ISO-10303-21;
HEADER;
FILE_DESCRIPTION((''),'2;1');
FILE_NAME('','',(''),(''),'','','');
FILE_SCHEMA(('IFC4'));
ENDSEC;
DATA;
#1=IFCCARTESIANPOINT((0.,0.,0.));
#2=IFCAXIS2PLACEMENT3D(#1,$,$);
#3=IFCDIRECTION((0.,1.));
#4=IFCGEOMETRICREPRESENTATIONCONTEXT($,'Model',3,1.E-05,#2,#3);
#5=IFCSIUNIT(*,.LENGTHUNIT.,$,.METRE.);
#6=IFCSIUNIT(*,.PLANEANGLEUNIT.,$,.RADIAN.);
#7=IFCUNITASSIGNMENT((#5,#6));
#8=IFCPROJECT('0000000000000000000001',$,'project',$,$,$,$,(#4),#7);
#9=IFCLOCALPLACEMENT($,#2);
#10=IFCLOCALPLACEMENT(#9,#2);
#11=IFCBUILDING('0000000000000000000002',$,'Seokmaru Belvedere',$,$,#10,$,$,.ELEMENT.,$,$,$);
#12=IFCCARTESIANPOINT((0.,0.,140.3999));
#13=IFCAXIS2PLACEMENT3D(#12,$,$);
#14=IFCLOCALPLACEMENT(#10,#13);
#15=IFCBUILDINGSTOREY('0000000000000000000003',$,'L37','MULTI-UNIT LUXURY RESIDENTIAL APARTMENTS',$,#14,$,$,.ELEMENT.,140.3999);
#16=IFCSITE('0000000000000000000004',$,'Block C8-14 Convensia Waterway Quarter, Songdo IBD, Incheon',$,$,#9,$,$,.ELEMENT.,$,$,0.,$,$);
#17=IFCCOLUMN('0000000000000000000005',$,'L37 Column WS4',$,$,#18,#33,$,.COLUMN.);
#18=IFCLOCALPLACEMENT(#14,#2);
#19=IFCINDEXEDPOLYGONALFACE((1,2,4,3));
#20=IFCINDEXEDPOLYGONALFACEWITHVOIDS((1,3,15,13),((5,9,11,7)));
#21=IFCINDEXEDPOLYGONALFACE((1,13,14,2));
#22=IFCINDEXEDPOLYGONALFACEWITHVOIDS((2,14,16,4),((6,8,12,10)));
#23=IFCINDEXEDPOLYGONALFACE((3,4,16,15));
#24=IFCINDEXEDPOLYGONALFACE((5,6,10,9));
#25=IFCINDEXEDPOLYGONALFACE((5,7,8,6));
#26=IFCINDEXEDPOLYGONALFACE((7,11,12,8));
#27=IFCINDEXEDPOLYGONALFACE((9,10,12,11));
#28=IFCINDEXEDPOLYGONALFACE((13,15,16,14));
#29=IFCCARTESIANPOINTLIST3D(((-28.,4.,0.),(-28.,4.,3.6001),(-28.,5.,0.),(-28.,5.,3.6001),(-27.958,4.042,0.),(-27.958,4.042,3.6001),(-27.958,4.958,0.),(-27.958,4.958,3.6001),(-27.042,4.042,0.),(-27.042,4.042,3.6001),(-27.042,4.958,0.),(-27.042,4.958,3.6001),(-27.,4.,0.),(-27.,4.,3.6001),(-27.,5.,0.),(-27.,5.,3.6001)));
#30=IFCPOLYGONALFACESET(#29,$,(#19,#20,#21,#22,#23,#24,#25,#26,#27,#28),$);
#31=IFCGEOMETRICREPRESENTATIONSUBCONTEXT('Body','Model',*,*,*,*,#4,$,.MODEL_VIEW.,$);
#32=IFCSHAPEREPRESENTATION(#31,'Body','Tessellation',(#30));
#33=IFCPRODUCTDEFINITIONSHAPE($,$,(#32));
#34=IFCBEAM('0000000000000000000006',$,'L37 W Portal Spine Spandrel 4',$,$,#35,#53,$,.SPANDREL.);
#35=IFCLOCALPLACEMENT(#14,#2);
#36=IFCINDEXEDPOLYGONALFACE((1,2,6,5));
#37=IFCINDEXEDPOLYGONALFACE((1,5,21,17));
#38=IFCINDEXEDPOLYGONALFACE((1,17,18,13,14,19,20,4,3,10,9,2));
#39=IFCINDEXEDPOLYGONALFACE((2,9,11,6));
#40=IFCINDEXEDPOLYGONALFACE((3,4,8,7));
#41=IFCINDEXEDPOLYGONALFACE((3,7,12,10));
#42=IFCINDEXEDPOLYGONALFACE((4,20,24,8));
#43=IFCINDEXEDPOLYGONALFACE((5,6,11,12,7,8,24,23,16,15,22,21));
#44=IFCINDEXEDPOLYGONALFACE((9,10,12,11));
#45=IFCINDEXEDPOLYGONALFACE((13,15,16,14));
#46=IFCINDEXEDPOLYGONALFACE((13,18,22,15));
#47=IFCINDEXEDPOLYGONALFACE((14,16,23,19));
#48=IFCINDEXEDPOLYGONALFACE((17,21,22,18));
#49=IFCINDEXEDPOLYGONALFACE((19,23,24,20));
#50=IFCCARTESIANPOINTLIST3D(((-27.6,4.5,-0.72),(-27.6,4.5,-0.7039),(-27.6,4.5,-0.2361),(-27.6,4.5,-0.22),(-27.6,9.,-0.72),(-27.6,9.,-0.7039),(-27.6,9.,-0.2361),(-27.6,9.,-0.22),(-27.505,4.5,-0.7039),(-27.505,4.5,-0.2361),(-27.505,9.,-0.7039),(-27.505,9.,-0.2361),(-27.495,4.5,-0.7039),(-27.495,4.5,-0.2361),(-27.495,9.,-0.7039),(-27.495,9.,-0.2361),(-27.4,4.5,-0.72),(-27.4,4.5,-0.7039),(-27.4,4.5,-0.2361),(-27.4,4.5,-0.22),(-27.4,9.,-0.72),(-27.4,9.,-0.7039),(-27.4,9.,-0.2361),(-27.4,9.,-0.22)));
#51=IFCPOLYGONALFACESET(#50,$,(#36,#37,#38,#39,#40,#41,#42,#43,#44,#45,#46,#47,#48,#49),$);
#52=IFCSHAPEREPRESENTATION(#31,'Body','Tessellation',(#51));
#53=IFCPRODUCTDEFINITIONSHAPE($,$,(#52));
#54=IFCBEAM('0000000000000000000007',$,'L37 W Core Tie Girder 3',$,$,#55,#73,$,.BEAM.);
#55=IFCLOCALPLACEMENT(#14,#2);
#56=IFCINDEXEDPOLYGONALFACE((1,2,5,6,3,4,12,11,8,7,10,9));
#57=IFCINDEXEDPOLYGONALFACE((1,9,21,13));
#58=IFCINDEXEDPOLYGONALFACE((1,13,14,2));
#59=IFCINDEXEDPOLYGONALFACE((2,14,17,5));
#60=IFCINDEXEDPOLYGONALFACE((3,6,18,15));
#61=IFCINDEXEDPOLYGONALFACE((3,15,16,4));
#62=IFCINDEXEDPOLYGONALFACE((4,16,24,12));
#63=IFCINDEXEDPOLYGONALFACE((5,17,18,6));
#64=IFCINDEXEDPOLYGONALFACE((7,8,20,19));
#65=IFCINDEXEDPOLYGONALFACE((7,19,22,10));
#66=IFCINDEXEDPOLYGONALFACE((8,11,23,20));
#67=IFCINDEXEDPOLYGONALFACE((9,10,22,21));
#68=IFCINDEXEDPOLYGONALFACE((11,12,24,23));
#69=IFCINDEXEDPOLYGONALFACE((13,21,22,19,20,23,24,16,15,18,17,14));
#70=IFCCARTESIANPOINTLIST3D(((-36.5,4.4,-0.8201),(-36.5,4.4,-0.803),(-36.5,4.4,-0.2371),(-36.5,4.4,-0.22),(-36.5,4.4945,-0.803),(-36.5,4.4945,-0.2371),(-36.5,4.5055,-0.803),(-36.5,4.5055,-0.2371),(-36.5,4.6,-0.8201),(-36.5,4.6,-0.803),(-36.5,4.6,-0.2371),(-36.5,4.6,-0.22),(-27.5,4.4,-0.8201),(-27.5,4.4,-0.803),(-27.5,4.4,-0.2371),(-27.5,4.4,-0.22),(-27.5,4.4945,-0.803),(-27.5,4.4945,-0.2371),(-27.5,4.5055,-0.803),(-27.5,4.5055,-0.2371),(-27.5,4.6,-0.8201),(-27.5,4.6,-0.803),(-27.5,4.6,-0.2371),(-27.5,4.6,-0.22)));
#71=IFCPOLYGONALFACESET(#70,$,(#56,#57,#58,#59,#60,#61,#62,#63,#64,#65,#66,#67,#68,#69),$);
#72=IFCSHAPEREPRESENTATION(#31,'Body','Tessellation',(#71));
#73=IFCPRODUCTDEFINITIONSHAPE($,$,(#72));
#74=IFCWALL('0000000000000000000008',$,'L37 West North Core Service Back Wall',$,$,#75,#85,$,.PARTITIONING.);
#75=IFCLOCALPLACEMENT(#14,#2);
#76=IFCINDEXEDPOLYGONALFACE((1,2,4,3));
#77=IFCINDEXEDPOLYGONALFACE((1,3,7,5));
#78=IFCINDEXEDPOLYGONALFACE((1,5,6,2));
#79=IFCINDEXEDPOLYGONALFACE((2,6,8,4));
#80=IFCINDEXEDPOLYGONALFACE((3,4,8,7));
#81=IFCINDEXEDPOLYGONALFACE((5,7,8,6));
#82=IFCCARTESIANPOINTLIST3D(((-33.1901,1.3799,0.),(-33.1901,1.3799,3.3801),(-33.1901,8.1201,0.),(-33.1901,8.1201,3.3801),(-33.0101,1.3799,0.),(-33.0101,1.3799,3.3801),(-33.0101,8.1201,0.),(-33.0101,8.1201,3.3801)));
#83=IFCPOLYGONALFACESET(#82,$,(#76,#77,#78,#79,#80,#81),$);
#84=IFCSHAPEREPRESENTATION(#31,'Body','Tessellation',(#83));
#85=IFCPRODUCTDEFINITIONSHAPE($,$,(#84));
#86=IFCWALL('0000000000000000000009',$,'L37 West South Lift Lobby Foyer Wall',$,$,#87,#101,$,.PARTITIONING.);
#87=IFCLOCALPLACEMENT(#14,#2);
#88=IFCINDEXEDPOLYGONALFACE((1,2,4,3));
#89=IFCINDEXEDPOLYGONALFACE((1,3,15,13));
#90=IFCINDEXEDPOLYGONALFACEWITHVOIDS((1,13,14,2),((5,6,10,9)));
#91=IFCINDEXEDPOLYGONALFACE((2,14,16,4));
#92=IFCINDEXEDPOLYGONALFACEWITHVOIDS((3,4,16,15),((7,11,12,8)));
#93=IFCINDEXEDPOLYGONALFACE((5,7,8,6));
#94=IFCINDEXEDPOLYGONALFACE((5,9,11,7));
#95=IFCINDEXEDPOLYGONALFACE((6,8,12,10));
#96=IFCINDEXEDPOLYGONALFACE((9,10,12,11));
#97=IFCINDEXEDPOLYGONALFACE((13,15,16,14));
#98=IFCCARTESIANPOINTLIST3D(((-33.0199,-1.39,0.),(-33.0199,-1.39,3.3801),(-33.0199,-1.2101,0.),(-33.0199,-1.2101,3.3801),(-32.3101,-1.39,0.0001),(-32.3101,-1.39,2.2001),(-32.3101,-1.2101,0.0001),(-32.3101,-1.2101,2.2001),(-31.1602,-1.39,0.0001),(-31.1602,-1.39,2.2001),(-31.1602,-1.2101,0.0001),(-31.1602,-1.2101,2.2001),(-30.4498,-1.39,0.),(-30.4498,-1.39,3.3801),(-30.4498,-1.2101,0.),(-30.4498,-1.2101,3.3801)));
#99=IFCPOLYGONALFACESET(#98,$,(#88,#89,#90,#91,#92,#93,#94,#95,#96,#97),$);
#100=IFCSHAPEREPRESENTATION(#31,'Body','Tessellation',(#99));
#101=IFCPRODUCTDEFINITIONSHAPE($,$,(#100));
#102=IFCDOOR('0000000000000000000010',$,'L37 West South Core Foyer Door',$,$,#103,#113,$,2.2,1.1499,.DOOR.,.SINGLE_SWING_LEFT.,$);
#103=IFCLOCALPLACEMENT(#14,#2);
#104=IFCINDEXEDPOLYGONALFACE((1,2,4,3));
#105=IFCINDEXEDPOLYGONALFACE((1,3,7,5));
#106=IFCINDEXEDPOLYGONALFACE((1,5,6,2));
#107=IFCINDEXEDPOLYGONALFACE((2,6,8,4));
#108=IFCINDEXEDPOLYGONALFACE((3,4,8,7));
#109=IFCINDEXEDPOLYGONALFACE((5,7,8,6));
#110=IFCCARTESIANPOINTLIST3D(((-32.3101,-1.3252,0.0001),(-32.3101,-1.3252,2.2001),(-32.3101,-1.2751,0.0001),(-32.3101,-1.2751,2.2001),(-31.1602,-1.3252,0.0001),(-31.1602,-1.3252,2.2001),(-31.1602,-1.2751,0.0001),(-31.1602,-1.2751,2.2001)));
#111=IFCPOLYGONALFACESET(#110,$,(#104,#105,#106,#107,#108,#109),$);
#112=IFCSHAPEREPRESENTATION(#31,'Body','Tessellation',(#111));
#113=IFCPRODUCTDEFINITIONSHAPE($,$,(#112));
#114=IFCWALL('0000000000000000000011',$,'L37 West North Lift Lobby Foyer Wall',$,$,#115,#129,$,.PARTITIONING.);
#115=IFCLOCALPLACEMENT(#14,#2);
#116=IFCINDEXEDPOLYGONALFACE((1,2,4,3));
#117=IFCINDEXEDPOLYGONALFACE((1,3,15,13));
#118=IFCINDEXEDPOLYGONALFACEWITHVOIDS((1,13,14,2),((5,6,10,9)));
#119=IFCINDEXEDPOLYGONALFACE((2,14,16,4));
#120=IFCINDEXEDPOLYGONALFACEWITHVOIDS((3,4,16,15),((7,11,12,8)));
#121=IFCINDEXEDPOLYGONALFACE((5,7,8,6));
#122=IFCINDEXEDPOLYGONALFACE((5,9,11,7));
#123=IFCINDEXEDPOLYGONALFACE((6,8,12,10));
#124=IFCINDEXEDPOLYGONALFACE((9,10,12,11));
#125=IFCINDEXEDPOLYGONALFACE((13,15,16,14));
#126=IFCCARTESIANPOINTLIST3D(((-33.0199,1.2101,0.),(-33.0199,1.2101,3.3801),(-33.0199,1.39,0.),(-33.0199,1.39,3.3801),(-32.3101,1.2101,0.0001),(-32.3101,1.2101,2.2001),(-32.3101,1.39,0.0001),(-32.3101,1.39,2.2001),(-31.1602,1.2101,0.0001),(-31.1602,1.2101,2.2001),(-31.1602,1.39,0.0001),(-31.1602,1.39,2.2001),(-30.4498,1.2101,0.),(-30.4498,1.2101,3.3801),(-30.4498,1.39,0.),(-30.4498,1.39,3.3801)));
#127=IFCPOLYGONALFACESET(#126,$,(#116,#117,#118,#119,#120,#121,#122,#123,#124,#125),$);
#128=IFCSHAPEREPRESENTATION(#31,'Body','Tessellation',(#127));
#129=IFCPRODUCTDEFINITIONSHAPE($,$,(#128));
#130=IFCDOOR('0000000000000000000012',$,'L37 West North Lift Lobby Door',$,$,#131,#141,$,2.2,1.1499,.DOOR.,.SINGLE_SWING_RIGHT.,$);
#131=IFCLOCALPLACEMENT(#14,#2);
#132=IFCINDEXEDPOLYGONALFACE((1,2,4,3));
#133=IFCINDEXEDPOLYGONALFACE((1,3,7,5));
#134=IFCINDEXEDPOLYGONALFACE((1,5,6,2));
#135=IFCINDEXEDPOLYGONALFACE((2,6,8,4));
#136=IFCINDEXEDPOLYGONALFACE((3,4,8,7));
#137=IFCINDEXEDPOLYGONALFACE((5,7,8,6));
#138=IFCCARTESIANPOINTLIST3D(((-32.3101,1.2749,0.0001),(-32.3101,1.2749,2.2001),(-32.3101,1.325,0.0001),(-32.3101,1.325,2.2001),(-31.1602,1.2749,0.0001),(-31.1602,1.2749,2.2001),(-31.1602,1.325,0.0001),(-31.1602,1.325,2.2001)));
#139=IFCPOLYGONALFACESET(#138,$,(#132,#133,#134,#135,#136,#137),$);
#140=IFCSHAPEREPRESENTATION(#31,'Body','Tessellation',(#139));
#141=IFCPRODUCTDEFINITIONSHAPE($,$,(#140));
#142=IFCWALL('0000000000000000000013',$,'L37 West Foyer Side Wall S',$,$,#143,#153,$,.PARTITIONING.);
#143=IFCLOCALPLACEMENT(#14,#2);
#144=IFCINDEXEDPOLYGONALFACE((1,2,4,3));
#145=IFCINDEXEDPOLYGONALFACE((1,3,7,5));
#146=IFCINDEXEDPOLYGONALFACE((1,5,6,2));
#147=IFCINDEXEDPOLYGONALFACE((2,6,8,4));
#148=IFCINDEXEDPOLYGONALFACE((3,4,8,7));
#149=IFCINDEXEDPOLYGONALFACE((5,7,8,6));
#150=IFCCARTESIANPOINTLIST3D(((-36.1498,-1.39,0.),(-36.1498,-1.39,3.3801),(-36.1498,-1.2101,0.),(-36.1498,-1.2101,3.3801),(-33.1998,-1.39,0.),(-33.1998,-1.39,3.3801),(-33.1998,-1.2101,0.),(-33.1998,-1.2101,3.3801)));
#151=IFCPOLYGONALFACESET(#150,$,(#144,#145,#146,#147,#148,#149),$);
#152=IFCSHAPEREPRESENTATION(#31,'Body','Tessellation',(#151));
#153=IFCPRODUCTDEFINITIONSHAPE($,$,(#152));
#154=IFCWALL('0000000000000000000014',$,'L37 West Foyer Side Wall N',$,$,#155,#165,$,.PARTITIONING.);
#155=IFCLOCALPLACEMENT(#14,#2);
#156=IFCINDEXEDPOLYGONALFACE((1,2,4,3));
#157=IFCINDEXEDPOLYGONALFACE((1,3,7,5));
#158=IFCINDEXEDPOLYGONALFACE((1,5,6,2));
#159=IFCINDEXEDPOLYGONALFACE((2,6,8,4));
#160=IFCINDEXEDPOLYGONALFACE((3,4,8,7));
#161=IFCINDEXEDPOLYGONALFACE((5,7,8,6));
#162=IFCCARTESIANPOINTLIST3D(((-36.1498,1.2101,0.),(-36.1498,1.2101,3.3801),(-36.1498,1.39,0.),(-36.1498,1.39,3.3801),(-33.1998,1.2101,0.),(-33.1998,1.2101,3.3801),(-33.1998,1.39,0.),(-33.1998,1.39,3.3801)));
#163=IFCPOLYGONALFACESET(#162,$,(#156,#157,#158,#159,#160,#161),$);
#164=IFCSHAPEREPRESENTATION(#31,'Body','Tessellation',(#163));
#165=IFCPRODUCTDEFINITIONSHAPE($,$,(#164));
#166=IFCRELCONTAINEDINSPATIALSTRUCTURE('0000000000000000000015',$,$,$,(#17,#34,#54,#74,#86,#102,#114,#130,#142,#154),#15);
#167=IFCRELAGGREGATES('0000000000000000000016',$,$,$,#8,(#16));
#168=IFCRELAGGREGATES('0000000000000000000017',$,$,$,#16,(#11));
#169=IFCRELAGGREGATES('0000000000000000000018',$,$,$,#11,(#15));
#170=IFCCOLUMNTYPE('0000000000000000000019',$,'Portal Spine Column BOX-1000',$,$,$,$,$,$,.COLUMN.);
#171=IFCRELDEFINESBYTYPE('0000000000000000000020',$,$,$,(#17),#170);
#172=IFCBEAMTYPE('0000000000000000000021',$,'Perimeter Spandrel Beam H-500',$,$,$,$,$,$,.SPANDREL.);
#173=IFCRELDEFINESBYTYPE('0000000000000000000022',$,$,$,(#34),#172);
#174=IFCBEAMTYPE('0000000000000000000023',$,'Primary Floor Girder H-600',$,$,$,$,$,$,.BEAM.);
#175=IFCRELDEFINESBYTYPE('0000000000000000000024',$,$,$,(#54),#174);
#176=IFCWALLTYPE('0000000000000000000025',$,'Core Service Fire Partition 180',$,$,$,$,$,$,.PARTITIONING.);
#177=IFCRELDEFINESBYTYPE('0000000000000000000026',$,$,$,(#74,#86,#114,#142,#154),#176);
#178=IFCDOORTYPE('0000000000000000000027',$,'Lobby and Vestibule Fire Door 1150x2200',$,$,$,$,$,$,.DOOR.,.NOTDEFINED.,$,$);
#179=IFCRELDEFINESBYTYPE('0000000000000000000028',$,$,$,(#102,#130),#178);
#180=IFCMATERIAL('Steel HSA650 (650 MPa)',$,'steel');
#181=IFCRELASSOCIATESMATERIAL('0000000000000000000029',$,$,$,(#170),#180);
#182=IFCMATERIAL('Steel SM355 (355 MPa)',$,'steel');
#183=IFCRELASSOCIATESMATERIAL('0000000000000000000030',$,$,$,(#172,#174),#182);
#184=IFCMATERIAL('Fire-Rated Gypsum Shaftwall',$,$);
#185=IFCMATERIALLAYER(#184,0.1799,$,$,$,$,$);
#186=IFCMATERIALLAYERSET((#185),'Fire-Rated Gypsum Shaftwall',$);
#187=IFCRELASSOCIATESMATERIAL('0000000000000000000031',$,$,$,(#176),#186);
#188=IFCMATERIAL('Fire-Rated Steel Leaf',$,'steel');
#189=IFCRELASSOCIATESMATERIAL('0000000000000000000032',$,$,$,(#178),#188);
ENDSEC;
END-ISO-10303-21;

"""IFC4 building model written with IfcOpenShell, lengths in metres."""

from ifc_helpers import new_model, si_unit, direction, frame, frame_2d, origin, origin_2d, place, context, subcontext, project, spatial, rectangle, hollow_rectangle, i_section, extrude, source, transform, mapped, material, layer, layer_set, material_profile, profile_set, type_object, type_shapes, element, fill, save


model = new_model("IFC4")

# Units and contexts
model_context = context("Model", 3, precision=1e-05, world=origin(), true_north=direction((0.0, 1.0)))
body_context = subcontext(model_context, "Body", "Model", "MODEL_VIEW")
ifc_project = project(units=[si_unit("LENGTHUNIT", "METRE"), si_unit("PLANEANGLEUNIT", "RADIAN")], contexts=[model_context])

# Site, building, storey
site_placement = place(None, origin())
site = spatial("IfcSite", under=ifc_project, at=site_placement, Name="Block C8-14 Convensia Waterway Quarter, Songdo IBD, Incheon", CompositionType="ELEMENT", RefElevation=0.0)
building_placement = place(site_placement, origin())
building = spatial("IfcBuilding", under=site, at=building_placement, Name="Seokmaru Belvedere", CompositionType="ELEMENT")
storey_placement = place(building_placement, frame((0.0, 0.0, 140.3999)))
storey = spatial("IfcBuildingStorey", under=building, at=storey_placement, Name="L37", Description="MULTI-UNIT LUXURY RESIDENTIAL APARTMENTS", CompositionType="ELEMENT", Elevation=140.3999)

# Column
ifc_material_1 = material(Name="Steel HSA650 (650 MPa)", Category="steel")
ifc_material_profile_1 = material_profile(ifc_material_1, hollow_rectangle(XDim=1.0, YDim=1.0, WallThickness=0.042, at=origin_2d()), Name="BOX-1000x1000x42")
ifc_profile_set_1 = profile_set([ifc_material_profile_1], Name="Steel HSA650 (650 MPa)")
column_type = type_object("IfcColumnType", Name="Portal Spine Column BOX-1000", PredefinedType="COLUMN", material=ifc_profile_set_1)
shared_shape_1 = source(origin(), body_context, "Body", "SweptSolid", [
    extrude(hollow_rectangle(XDim=1.0, YDim=1.0, WallThickness=0.042, at=origin_2d()), origin(), (0.0, 0.0, 1.0), 3.6001),
])
type_shapes(column_type, [shared_shape_1])
column_placement = place(storey_placement, frame((-27.5, 4.5, 0.0), z_axis=(0.0, 0.0, 1.0), x_axis=(1.0, 0.0, 0.0)))
element("IfcColumn", 1, at=column_placement, inside=storey, type_object=column_type, Name="L37 Column WS4", PredefinedType="COLUMN", context=body_context, shape_type="MappedRepresentation", body=[
    mapped(shared_shape_1, transform((0.0, 0.0, 0.0), scale=1.0)),
])

# Beams
ifc_material_2 = material(Name="Steel SM355 (355 MPa)", Category="steel")
ifc_material_profile_2 = material_profile(ifc_material_2, i_section(OverallWidth=0.2, OverallDepth=0.5, WebThickness=0.01, FlangeThickness=0.0161, at=origin_2d()), Name="H-500x200x10x16")
ifc_profile_set_2 = profile_set([ifc_material_profile_2], Name="Steel SM355 (355 MPa)")
beam_type_1 = type_object("IfcBeamType", Name="Perimeter Spandrel Beam H-500", PredefinedType="SPANDREL", material=ifc_profile_set_2)
shared_shape_2 = source(origin(), body_context, "Body", "SweptSolid", [
    extrude(i_section(OverallWidth=0.2, OverallDepth=0.5, WebThickness=0.01, FlangeThickness=0.0161, at=origin_2d()), origin(), (0.0, 0.0, 1.0), 4.5),
])
type_shapes(beam_type_1, [shared_shape_2])
beam_1_placement = place(storey_placement, frame((-27.5, 4.5, -0.47), z_axis=(0.0, 1.0, 0.0), x_axis=(-1.0, 0.0, 0.0)))
element("IfcBeam", 2, at=beam_1_placement, inside=storey, type_object=beam_type_1, Name="L37 W Portal Spine Spandrel 4", PredefinedType="SPANDREL", context=body_context, shape_type="MappedRepresentation", body=[
    mapped(shared_shape_2, transform((0.0, 0.0, 0.0), scale=1.0)),
])
ifc_material_profile_3 = material_profile(ifc_material_2, i_section(OverallWidth=0.2, OverallDepth=0.6001, WebThickness=0.011, FlangeThickness=0.0171, at=origin_2d()), Name="H-600x200x11x17")
ifc_profile_set_3 = profile_set([ifc_material_profile_3], Name="Steel SM355 (355 MPa)")
beam_type_2 = type_object("IfcBeamType", Name="Primary Floor Girder H-600", PredefinedType="BEAM", material=ifc_profile_set_3)
shared_shape_3 = source(origin(), body_context, "Body", "SweptSolid", [
    extrude(i_section(OverallWidth=0.2, OverallDepth=0.6001, WebThickness=0.011, FlangeThickness=0.0171, at=origin_2d()), origin(), (0.0, 0.0, 1.0), 9.0),
])
type_shapes(beam_type_2, [shared_shape_3])
beam_2_placement = place(storey_placement, frame((-36.5, 4.5, -0.52), z_axis=(1.0, 0.0, 0.0), x_axis=(0.0, 1.0, 0.0)))
element("IfcBeam", 3, at=beam_2_placement, inside=storey, type_object=beam_type_2, Name="L37 W Core Tie Girder 3", PredefinedType="BEAM", context=body_context, shape_type="MappedRepresentation", body=[
    mapped(shared_shape_3, transform((0.0, 0.0, 0.0), scale=1.0)),
])

# Wall
ifc_material_3 = material(Name="Fire-Rated Gypsum Shaftwall")
ifc_layer_1 = layer(ifc_material_3, 0.1799)
ifc_layer_set_1 = layer_set([ifc_layer_1], Name="Fire-Rated Gypsum Shaftwall")
wall_type_1 = type_object("IfcWallType", Name="Core Service Fire Partition 180", PredefinedType="PARTITIONING", material=ifc_layer_set_1)
wall_1_placement = place(storey_placement, frame((-33.1001, 1.3799, 0.0), z_axis=(0.0, 0.0, 1.0), x_axis=(0.0, 1.0, 0.0)))
element("IfcWall", 4, at=wall_1_placement, inside=storey, type_object=wall_type_1, Name="L37 West North Core Service Back Wall", PredefinedType="PARTITIONING", context=body_context, shape_type="SweptSolid", body=[
    extrude(rectangle(XDim=6.7402, YDim=0.1799, at=frame_2d((3.3701, 0.0))), origin(), (0.0, 0.0, 1.0), 3.3801),
])

# Walls, openings, doors
wall_2_placement = place(storey_placement, frame((-33.02, -1.3, 0.0), z_axis=(0.0, 0.0, 1.0), x_axis=(1.0, 0.0, 0.0)))
wall_2 = element("IfcWall", 5, at=wall_2_placement, inside=storey, type_object=wall_type_1, Name="L37 West South Lift Lobby Foyer Wall", PredefinedType="PARTITIONING", context=body_context, shape_type="SweptSolid", body=[
    extrude(rectangle(XDim=2.5701, YDim=0.1799, at=frame_2d((1.2852, 0.0))), origin(), (0.0, 0.0, 1.0), 3.3801),
])
opening_1_placement = place(wall_2_placement, frame((0.71, 0.0, 0.0)))
opening_1 = element("IfcOpeningElement", 6, at=opening_1_placement, cuts=wall_2, PredefinedType="OPENING", context=body_context, shape_type="SweptSolid", body=[
    extrude(rectangle(XDim=1.1499, YDim=2.2, at=frame_2d((0.575, 1.1001))), frame((0.0, 0.1001, 0.0), z_axis=(0.0, -1.0, 0.0), x_axis=(1.0, 0.0, 0.0)), (0.0, 0.0, 1.0), 0.2),
])
ifc_material_4 = material(Name="Fire-Rated Steel Leaf", Category="steel")
door_type_1 = type_object("IfcDoorType", Name="Lobby and Vestibule Fire Door 1150x2200", OperationType="NOTDEFINED", PredefinedType="DOOR", material=ifc_material_4)
shared_shape_4 = source(origin(), body_context, "Body", "SweptSolid", [
    extrude(rectangle(XDim=1.1499, YDim=2.2, at=frame_2d((0.575, 1.1001))), frame((0.0, 0.0249, 0.0), z_axis=(0.0, -1.0, 0.0), x_axis=(1.0, 0.0, 0.0)), (0.0, 0.0, 1.0), 0.05),
])
type_shapes(door_type_1, [shared_shape_4])
door_1_placement = place(opening_1_placement, origin())
door_1 = element("IfcDoor", 7, at=door_1_placement, inside=storey, type_object=door_type_1, Name="L37 West South Core Foyer Door", OperationType="SINGLE_SWING_LEFT", OverallHeight=2.2, OverallWidth=1.1499, PredefinedType="DOOR", context=body_context, shape_type="MappedRepresentation", body=[
    mapped(shared_shape_4, transform((0.0, 0.0, 0.0), scale=1.0)),
])
fill(opening_1, door_1)
wall_3_placement = place(storey_placement, frame((-33.02, 1.3, 0.0), z_axis=(0.0, 0.0, 1.0), x_axis=(1.0, 0.0, 0.0)))
wall_3 = element("IfcWall", 8, at=wall_3_placement, inside=storey, type_object=wall_type_1, Name="L37 West North Lift Lobby Foyer Wall", PredefinedType="PARTITIONING", context=body_context, shape_type="SweptSolid", body=[
    extrude(rectangle(XDim=2.5701, YDim=0.1799, at=frame_2d((1.2852, 0.0))), origin(), (0.0, 0.0, 1.0), 3.3801),
])
opening_2_placement = place(wall_3_placement, frame((0.71, 0.0, 0.0)))
opening_2 = element("IfcOpeningElement", 9, at=opening_2_placement, cuts=wall_3, PredefinedType="OPENING", context=body_context, shape_type="SweptSolid", body=[
    extrude(rectangle(XDim=1.1499, YDim=2.2, at=frame_2d((0.575, 1.1001))), frame((0.0, 0.1001, 0.0), z_axis=(0.0, -1.0, 0.0), x_axis=(1.0, 0.0, 0.0)), (0.0, 0.0, 1.0), 0.2),
])
door_2_placement = place(opening_2_placement, origin())
door_2 = element("IfcDoor", 10, at=door_2_placement, inside=storey, type_object=door_type_1, Name="L37 West North Lift Lobby Door", OperationType="SINGLE_SWING_RIGHT", OverallHeight=2.2, OverallWidth=1.1499, PredefinedType="DOOR", context=body_context, shape_type="MappedRepresentation", body=[
    mapped(shared_shape_4, transform((0.0, 0.0, 0.0), scale=1.0)),
])
fill(opening_2, door_2)

# Walls
for number, where, z_axis, x_axis, name in (
    (11, (-36.1499, -1.3, 0.0), (0.0, 0.0, 1.0), (1.0, 0.0, 0.0), "L37 West Foyer Side Wall S"),
    (12, (-36.1499, 1.3, 0.0), (0.0, 0.0, 1.0), (1.0, 0.0, 0.0), "L37 West Foyer Side Wall N"),
):
    element("IfcWall", number, at=place(storey_placement, frame(where, z_axis=z_axis, x_axis=x_axis)), inside=storey, type_object=wall_type_1, Name=name, PredefinedType="PARTITIONING", context=body_context, shape_type="SweptSolid", body=[
        extrude(rectangle(XDim=2.95, YDim=0.1799, at=frame_2d((1.4751, 0.0))), origin(), (0.0, 0.0, 1.0), 3.3801),
    ])

save(model, "model.ifc")
